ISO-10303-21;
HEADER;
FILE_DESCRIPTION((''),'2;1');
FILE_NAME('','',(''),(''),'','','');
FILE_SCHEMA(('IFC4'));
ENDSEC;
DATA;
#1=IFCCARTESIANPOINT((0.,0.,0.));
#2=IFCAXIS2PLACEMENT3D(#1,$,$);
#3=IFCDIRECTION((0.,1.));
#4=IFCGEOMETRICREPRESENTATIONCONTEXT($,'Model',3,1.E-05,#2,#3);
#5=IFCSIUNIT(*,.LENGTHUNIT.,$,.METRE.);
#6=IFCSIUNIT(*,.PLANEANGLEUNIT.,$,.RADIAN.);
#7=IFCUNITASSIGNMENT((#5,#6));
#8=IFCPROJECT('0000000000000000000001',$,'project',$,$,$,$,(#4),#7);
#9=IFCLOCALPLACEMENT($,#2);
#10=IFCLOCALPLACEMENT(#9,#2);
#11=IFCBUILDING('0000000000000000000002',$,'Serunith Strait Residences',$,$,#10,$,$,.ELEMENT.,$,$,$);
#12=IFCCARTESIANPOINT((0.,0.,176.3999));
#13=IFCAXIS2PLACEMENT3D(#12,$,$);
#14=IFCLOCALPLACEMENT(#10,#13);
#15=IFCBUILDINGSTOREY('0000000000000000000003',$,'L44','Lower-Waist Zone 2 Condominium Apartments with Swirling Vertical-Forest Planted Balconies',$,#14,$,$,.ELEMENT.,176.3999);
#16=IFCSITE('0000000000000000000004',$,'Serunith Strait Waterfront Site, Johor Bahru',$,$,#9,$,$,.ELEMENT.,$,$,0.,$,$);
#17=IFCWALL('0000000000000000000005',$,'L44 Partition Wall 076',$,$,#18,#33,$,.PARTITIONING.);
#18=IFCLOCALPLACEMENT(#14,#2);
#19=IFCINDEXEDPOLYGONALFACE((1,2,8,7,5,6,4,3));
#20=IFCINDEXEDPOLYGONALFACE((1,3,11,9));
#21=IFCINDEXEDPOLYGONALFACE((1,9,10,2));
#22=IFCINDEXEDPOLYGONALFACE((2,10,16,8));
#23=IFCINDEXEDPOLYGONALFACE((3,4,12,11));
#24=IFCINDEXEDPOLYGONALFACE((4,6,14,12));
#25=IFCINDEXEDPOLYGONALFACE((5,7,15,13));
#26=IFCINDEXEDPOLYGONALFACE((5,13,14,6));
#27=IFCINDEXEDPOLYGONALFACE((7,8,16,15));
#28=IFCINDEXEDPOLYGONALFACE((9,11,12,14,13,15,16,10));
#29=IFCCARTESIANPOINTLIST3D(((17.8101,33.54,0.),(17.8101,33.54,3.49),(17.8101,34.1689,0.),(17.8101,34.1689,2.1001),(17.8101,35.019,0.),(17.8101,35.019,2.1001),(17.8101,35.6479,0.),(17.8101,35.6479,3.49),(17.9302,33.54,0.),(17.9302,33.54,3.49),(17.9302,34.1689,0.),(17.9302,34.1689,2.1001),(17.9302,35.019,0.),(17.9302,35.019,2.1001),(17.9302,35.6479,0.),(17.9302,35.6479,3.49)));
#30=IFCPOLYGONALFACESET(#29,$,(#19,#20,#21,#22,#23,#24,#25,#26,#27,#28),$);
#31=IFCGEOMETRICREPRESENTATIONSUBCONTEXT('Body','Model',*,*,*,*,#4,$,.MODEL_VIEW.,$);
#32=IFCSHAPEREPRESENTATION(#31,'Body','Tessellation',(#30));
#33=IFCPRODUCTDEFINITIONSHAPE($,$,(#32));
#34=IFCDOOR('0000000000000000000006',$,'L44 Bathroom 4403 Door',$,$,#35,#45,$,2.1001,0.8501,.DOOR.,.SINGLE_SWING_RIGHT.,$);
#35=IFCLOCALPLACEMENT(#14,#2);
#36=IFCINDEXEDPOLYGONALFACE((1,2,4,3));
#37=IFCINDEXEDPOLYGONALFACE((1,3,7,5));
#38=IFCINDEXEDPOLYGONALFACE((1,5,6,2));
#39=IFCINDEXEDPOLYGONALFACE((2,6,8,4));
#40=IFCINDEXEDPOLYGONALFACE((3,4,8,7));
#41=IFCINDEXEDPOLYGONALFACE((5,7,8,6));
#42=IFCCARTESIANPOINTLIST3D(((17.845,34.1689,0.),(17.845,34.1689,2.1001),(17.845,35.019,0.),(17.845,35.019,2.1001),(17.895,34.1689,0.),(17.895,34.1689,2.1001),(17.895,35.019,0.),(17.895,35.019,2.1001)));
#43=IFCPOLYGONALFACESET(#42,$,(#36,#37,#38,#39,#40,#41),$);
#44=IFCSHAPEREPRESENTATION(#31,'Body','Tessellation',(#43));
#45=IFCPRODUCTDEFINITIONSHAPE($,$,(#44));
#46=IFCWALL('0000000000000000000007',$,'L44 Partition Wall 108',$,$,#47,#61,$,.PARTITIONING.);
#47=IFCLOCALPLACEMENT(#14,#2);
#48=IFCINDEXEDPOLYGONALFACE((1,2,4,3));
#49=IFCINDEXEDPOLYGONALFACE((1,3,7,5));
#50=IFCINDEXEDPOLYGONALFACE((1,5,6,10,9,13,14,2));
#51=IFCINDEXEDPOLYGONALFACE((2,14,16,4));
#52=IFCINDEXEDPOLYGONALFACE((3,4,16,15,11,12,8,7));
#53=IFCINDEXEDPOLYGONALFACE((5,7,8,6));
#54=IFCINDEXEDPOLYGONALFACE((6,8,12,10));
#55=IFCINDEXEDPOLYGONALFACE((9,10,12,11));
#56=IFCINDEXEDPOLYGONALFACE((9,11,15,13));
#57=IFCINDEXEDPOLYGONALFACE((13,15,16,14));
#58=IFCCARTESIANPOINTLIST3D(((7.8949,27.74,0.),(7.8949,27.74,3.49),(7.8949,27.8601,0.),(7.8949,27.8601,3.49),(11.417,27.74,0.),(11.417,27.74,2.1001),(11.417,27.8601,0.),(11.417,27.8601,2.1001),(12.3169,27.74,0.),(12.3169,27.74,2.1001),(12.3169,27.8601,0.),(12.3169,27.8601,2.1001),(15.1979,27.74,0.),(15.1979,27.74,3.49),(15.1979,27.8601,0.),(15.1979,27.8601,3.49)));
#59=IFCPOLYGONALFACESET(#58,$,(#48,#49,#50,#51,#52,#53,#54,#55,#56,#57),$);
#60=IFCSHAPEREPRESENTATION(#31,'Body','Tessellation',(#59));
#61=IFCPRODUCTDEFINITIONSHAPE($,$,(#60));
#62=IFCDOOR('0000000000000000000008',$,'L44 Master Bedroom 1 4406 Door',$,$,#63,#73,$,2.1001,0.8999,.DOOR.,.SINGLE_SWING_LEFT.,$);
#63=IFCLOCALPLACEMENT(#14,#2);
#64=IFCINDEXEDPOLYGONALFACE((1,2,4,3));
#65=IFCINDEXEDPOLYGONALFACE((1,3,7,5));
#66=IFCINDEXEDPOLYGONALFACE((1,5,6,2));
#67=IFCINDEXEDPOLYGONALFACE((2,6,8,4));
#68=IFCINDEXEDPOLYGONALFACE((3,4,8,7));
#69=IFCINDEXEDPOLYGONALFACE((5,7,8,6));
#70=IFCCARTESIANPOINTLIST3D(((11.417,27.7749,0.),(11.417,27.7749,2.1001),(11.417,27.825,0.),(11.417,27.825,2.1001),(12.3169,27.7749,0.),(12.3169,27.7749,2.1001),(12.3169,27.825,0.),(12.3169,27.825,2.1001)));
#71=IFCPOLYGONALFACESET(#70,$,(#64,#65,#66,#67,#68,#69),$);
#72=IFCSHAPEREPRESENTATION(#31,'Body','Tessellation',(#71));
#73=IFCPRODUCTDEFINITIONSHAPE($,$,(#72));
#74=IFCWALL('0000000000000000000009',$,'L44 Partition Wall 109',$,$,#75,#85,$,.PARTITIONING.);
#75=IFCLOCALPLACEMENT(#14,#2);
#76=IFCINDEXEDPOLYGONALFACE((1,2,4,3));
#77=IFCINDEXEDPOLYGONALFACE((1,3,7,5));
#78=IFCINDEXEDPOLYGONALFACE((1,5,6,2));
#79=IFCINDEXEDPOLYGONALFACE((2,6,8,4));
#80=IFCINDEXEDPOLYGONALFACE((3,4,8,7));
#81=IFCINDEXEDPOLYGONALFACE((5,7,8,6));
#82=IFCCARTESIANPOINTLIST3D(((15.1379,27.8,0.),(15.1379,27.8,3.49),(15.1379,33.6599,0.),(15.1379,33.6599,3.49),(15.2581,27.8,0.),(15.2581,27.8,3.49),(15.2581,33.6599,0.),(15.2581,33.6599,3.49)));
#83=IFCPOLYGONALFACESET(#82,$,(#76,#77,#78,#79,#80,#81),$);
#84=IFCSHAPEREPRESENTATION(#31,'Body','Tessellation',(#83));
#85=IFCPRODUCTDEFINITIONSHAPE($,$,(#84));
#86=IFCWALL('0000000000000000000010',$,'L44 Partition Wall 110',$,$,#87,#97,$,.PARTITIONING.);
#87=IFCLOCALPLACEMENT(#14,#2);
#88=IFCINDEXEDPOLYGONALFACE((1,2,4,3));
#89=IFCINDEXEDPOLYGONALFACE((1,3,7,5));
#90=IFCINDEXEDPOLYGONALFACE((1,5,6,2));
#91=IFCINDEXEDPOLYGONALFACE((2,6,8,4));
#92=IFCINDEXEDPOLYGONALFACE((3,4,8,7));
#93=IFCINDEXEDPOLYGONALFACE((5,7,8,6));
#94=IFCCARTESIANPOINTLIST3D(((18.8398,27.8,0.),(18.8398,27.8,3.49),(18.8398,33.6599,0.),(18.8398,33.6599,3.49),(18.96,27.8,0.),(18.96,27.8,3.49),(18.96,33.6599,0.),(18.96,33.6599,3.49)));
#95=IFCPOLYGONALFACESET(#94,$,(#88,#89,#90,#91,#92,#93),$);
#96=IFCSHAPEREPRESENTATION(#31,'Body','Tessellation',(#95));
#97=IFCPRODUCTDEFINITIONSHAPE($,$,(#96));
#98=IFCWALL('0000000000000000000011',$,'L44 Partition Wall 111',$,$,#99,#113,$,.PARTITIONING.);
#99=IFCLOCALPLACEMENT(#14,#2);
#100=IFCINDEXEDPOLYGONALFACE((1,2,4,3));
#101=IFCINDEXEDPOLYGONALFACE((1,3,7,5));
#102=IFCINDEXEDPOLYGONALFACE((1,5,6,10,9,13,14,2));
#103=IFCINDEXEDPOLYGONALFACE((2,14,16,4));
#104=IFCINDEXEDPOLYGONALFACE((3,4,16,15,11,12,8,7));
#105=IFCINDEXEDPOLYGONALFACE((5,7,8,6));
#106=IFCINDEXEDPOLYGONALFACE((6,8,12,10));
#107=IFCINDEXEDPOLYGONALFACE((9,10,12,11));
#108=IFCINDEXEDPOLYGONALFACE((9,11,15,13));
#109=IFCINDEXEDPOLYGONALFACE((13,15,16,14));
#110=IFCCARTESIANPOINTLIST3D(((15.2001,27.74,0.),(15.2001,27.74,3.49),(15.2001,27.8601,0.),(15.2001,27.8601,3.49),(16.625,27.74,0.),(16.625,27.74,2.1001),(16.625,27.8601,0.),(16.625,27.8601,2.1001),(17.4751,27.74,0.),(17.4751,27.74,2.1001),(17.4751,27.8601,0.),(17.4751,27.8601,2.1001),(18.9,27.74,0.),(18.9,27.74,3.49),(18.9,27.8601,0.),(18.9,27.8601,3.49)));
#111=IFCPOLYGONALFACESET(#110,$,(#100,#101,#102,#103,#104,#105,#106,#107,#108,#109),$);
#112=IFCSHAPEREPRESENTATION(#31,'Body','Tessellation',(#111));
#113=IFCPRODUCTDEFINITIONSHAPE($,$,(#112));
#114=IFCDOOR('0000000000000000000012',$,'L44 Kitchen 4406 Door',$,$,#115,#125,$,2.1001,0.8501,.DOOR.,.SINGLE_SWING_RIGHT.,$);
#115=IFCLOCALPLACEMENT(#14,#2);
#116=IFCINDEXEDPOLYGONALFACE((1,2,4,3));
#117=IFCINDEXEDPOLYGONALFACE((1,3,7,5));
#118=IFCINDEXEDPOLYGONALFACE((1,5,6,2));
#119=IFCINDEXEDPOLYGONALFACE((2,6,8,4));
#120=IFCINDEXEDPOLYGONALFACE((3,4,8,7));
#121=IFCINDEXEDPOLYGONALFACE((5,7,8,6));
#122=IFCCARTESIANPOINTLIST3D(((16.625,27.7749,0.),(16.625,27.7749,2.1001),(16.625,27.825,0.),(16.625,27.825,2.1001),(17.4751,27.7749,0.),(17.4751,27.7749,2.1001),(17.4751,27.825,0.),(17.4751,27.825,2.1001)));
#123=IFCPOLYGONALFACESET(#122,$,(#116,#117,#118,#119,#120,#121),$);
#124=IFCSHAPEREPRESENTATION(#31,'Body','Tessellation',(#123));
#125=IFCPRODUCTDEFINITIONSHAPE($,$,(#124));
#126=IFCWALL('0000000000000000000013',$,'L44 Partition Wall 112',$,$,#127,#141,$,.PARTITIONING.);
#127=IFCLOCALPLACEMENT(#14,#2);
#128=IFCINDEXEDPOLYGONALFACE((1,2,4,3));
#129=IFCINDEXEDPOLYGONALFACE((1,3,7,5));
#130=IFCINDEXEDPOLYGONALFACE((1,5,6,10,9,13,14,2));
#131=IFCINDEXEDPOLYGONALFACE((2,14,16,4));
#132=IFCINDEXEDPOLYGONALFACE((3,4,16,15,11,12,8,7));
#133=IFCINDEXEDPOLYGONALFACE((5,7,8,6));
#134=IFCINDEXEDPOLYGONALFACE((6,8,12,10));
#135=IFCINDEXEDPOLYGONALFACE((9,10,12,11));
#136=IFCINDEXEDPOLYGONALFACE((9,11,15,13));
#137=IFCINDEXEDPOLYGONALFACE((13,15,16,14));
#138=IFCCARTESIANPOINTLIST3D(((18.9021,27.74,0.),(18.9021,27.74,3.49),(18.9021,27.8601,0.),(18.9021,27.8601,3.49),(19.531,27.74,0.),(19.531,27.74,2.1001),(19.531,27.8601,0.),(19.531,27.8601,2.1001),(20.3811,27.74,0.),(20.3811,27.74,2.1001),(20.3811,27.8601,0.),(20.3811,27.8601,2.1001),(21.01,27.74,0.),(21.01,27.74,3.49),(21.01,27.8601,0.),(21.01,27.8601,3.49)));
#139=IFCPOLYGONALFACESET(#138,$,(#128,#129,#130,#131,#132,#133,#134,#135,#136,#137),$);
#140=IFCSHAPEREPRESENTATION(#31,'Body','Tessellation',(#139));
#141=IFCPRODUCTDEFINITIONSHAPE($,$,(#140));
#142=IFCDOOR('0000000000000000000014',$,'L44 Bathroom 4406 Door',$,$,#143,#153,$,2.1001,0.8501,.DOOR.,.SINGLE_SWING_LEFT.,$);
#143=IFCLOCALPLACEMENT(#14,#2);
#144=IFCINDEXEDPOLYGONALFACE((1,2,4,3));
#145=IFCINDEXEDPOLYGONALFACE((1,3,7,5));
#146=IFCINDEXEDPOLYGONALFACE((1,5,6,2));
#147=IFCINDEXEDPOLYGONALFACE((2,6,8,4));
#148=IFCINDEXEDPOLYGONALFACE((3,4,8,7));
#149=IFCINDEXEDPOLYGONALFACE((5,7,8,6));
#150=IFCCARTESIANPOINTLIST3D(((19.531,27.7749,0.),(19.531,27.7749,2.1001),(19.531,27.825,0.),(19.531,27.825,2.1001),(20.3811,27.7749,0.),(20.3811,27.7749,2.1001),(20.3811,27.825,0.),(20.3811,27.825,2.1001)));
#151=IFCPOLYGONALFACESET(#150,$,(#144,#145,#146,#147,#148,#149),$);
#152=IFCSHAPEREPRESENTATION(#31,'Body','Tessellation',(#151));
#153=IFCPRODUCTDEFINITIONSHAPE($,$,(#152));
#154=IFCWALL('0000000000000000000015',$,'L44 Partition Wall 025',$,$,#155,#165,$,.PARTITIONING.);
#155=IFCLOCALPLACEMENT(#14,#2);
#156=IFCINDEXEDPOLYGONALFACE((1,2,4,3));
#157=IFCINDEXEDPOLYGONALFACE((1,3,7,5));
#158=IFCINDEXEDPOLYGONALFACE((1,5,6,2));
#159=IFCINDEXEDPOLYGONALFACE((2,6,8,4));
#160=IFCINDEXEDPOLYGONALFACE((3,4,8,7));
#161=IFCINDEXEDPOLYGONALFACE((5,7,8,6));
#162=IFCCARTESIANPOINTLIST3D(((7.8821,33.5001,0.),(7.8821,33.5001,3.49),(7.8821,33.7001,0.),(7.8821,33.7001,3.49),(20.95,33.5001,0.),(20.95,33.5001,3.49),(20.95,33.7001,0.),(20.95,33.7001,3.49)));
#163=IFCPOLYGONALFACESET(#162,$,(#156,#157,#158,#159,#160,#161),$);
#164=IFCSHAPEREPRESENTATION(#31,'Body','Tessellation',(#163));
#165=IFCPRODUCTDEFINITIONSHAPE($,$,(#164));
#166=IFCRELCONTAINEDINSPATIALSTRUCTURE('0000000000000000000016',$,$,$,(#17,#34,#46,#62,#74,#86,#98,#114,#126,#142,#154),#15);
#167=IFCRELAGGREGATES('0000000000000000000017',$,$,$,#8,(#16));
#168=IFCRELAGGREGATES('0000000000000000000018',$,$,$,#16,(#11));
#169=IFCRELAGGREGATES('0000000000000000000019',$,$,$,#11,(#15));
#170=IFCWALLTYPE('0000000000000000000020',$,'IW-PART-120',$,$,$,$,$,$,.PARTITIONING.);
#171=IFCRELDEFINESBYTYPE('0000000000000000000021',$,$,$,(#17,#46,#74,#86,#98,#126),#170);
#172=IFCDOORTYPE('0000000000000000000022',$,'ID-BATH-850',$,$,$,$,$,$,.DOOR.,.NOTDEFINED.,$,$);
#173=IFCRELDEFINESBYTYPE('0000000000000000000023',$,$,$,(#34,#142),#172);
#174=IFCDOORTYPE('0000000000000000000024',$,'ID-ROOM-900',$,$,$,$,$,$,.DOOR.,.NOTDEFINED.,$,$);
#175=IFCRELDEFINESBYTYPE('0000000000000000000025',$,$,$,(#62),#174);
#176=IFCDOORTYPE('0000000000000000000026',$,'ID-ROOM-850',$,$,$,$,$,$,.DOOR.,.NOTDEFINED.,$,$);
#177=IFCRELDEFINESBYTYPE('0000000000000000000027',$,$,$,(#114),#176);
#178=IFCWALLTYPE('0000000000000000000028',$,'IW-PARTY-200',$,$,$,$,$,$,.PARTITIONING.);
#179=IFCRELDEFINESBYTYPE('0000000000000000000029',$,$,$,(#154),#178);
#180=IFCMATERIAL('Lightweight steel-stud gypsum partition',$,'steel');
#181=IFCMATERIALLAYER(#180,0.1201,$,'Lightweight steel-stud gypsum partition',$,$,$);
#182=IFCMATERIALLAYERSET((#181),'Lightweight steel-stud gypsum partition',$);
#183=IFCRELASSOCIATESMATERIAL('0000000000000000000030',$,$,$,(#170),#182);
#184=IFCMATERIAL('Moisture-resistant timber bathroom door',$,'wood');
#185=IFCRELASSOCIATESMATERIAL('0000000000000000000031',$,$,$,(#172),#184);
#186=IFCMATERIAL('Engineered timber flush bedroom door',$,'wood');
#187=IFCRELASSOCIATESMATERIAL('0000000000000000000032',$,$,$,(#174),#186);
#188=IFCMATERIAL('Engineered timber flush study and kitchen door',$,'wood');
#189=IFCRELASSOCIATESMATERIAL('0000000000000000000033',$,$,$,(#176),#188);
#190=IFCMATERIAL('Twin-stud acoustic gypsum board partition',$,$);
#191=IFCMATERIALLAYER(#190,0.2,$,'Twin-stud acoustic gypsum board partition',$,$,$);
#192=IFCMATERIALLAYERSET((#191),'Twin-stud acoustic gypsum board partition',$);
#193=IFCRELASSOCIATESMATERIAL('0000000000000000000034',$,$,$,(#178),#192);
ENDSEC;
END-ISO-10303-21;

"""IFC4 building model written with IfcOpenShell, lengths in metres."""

from ifc_helpers import new_model, si_unit, direction, frame, frame_2d, origin, place, context, subcontext, project, spatial, rectangle, extrude, source, transform, mapped, material, layer, layer_set, type_object, element, fill, save


model = new_model("IFC4")

# Units and contexts
model_context = context("Model", 3, precision=1e-05, world=origin(), true_north=direction((0.0, 1.0)))
body_context = subcontext(model_context, "Body", "Model", "MODEL_VIEW")
ifc_project = project(units=[si_unit("LENGTHUNIT", "METRE"), si_unit("PLANEANGLEUNIT", "RADIAN")], contexts=[model_context])

# Site, building, storey
site_placement = place(None, origin())
site = spatial("IfcSite", under=ifc_project, at=site_placement, Name="Serunith Strait Waterfront Site, Johor Bahru", CompositionType="ELEMENT", RefElevation=0.0)
building_placement = place(site_placement, origin())
building = spatial("IfcBuilding", under=site, at=building_placement, Name="Serunith Strait Residences", CompositionType="ELEMENT")
storey_placement = place(building_placement, frame((0.0, 0.0, 176.3999)))
storey = spatial("IfcBuildingStorey", under=building, at=storey_placement, Name="L44", Description="Lower-Waist Zone 2 Condominium Apartments with Swirling Vertical-Forest Planted Balconies", CompositionType="ELEMENT", Elevation=176.3999)

# Walls, openings, doors
ifc_material_1 = material(Name="Lightweight steel-stud gypsum partition", Category="steel")
ifc_layer_1 = layer(ifc_material_1, 0.1201, Name="Lightweight steel-stud gypsum partition")
ifc_layer_set_1 = layer_set([ifc_layer_1], Name="Lightweight steel-stud gypsum partition")
wall_type_1 = type_object("IfcWallType", Name="IW-PART-120", PredefinedType="PARTITIONING", material=ifc_layer_set_1)
wall_1_placement = place(storey_placement, frame((17.8701, 35.6479, 0.0), z_axis=(0.0, 0.0, 1.0), x_axis=(0.0, -1.0, 0.0)))
wall_1 = element("IfcWall", 1, at=wall_1_placement, inside=storey, type_object=wall_type_1, Name="L44 Partition Wall 076", PredefinedType="PARTITIONING", context=body_context, shape_type="SweptSolid", body=[
    extrude(rectangle(XDim=2.1079, YDim=0.1201, at=frame_2d((1.054, 0.0))), origin(), (0.0, 0.0, 1.0), 3.49),
])
opening_1_placement = place(wall_1_placement, frame((0.6289, 0.0, 0.0)))
opening_1 = element("IfcOpeningElement", 2, at=opening_1_placement, cuts=wall_1, PredefinedType="OPENING", context=body_context, shape_type="SweptSolid", body=[
    extrude(rectangle(XDim=0.8501, YDim=2.1001, at=frame_2d((0.425, 1.05))), frame((0.0, 0.0701, 0.0), z_axis=(0.0, -1.0, 0.0), x_axis=(1.0, 0.0, 0.0)), (0.0, 0.0, 1.0), 0.1401),
])
ifc_material_2 = material(Name="Moisture-resistant timber bathroom door", Category="wood")
door_type_1 = type_object("IfcDoorType", Name="ID-BATH-850", OperationType="NOTDEFINED", PredefinedType="DOOR", material=ifc_material_2)
shared_shape_1 = source(origin(), body_context, "Body", "SweptSolid", [
    extrude(rectangle(XDim=0.8501, YDim=2.1001, at=frame_2d((0.425, 1.05))), frame((0.0, 0.0249, 0.0), z_axis=(0.0, -1.0, 0.0), x_axis=(1.0, 0.0, 0.0)), (0.0, 0.0, 1.0), 0.05),
])
door_1_placement = place(opening_1_placement, origin())
door_1 = element("IfcDoor", 3, at=door_1_placement, inside=storey, type_object=door_type_1, Name="L44 Bathroom 4403 Door", OperationType="SINGLE_SWING_RIGHT", OverallHeight=2.1001, OverallWidth=0.8501, PredefinedType="DOOR", context=body_context, shape_type="MappedRepresentation", body=[
    mapped(shared_shape_1, transform((0.0, 0.0, 0.0), scale=1.0)),
])
fill(opening_1, door_1)
wall_2_placement = place(storey_placement, frame((7.895, 27.8, 0.0), z_axis=(0.0, 0.0, 1.0), x_axis=(1.0, 0.0, 0.0)))
wall_2 = element("IfcWall", 4, at=wall_2_placement, inside=storey, type_object=wall_type_1, Name="L44 Partition Wall 108", PredefinedType="PARTITIONING", context=body_context, shape_type="SweptSolid", body=[
    extrude(rectangle(XDim=7.303, YDim=0.1201, at=frame_2d((3.6514, 0.0))), origin(), (0.0, 0.0, 1.0), 3.49),
])
opening_2_placement = place(wall_2_placement, frame((3.522, 0.0, 0.0)))
opening_2 = element("IfcOpeningElement", 5, at=opening_2_placement, cuts=wall_2, PredefinedType="OPENING", context=body_context, shape_type="SweptSolid", body=[
    extrude(rectangle(XDim=0.8999, YDim=2.1001, at=frame_2d((0.45, 1.05))), frame((0.0, 0.0701, 0.0), z_axis=(0.0, -1.0, 0.0), x_axis=(1.0, 0.0, 0.0)), (0.0, 0.0, 1.0), 0.1401),
])
ifc_material_3 = material(Name="Engineered timber flush bedroom door", Category="wood")
door_type_2 = type_object("IfcDoorType", Name="ID-ROOM-900", OperationType="NOTDEFINED", PredefinedType="DOOR", material=ifc_material_3)
shared_shape_2 = source(origin(), body_context, "Body", "SweptSolid", [
    extrude(rectangle(XDim=0.8999, YDim=2.1001, at=frame_2d((0.45, 1.05))), frame((0.0, 0.0249, 0.0), z_axis=(0.0, -1.0, 0.0), x_axis=(1.0, 0.0, 0.0)), (0.0, 0.0, 1.0), 0.05),
])
door_2_placement = place(opening_2_placement, origin())
door_2 = element("IfcDoor", 6, at=door_2_placement, inside=storey, type_object=door_type_2, Name="L44 Master Bedroom 1 4406 Door", OperationType="SINGLE_SWING_LEFT", OverallHeight=2.1001, OverallWidth=0.8999, PredefinedType="DOOR", context=body_context, shape_type="MappedRepresentation", body=[
    mapped(shared_shape_2, transform((0.0, 0.0, 0.0), scale=1.0)),
])
fill(opening_2, door_2)

# Walls
for number, where, z_axis, x_axis, name in (
    (7, (15.198, 27.8, 0.0), (0.0, 0.0, 1.0), (0.0, 1.0, 0.0), "L44 Partition Wall 109"),
    (8, (18.8999, 27.8, 0.0), (0.0, 0.0, 1.0), (0.0, 1.0, 0.0), "L44 Partition Wall 110"),
):
    element("IfcWall", number, at=place(storey_placement, frame(where, z_axis=z_axis, x_axis=x_axis)), inside=storey, type_object=wall_type_1, Name=name, PredefinedType="PARTITIONING", context=body_context, shape_type="SweptSolid", body=[
        extrude(rectangle(XDim=5.8599, YDim=0.1201, at=frame_2d((2.9299, 0.0))), origin(), (0.0, 0.0, 1.0), 3.49),
    ])

# Walls, openings, doors
wall_3_placement = place(storey_placement, frame((15.2, 27.8, 0.0), z_axis=(0.0, 0.0, 1.0), x_axis=(1.0, 0.0, 0.0)))
wall_3 = element("IfcWall", 9, at=wall_3_placement, inside=storey, type_object=wall_type_1, Name="L44 Partition Wall 111", PredefinedType="PARTITIONING", context=body_context, shape_type="SweptSolid", body=[
    extrude(rectangle(XDim=3.7, YDim=0.1201, at=frame_2d((1.8501, 0.0))), origin(), (0.0, 0.0, 1.0), 3.49),
])
opening_3_placement = place(wall_3_placement, frame((1.425, 0.0, 0.0)))
opening_3 = element("IfcOpeningElement", 10, at=opening_3_placement, cuts=wall_3, PredefinedType="OPENING", context=body_context, shape_type="SweptSolid", body=[
    extrude(rectangle(XDim=0.8501, YDim=2.1001, at=frame_2d((0.425, 1.05))), frame((0.0, 0.0701, 0.0), z_axis=(0.0, -1.0, 0.0), x_axis=(1.0, 0.0, 0.0)), (0.0, 0.0, 1.0), 0.1401),
])
ifc_material_4 = material(Name="Engineered timber flush study and kitchen door", Category="wood")
door_type_3 = type_object("IfcDoorType", Name="ID-ROOM-850", OperationType="NOTDEFINED", PredefinedType="DOOR", material=ifc_material_4)
door_3_placement = place(opening_3_placement, origin())
door_3 = element("IfcDoor", 11, at=door_3_placement, inside=storey, type_object=door_type_3, Name="L44 Kitchen 4406 Door", OperationType="SINGLE_SWING_RIGHT", OverallHeight=2.1001, OverallWidth=0.8501, PredefinedType="DOOR", context=body_context, shape_type="MappedRepresentation", body=[
    mapped(shared_shape_1, transform((0.0, 0.0, 0.0), scale=1.0)),
])
fill(opening_3, door_3)
wall_4_placement = place(storey_placement, frame((18.9021, 27.8, 0.0), z_axis=(0.0, 0.0, 1.0), x_axis=(1.0, 0.0, 0.0)))
wall_4 = element("IfcWall", 12, at=wall_4_placement, inside=storey, type_object=wall_type_1, Name="L44 Partition Wall 112", PredefinedType="PARTITIONING", context=body_context, shape_type="SweptSolid", body=[
    extrude(rectangle(XDim=2.1079, YDim=0.1201, at=frame_2d((1.054, 0.0))), origin(), (0.0, 0.0, 1.0), 3.49),
])
opening_4_placement = place(wall_4_placement, frame((0.6289, 0.0, 0.0)))
opening_4 = element("IfcOpeningElement", 13, at=opening_4_placement, cuts=wall_4, PredefinedType="OPENING", context=body_context, shape_type="SweptSolid", body=[
    extrude(rectangle(XDim=0.8501, YDim=2.1001, at=frame_2d((0.425, 1.05))), frame((0.0, 0.0701, 0.0), z_axis=(0.0, -1.0, 0.0), x_axis=(1.0, 0.0, 0.0)), (0.0, 0.0, 1.0), 0.1401),
])
door_4_placement = place(opening_4_placement, origin())
door_4 = element("IfcDoor", 14, at=door_4_placement, inside=storey, type_object=door_type_1, Name="L44 Bathroom 4406 Door", OperationType="SINGLE_SWING_LEFT", OverallHeight=2.1001, OverallWidth=0.8501, PredefinedType="DOOR", context=body_context, shape_type="MappedRepresentation", body=[
    mapped(shared_shape_1, transform((0.0, 0.0, 0.0), scale=1.0)),
])
fill(opening_4, door_4)

# Wall
ifc_material_5 = material(Name="Twin-stud acoustic gypsum board partition")
ifc_layer_2 = layer(ifc_material_5, 0.2, Name="Twin-stud acoustic gypsum board partition")
ifc_layer_set_2 = layer_set([ifc_layer_2], Name="Twin-stud acoustic gypsum board partition")
wall_type_2 = type_object("IfcWallType", Name="IW-PARTY-200", PredefinedType="PARTITIONING", material=ifc_layer_set_2)
wall_5_placement = place(storey_placement, frame((7.8821, 33.6001, 0.0), z_axis=(0.0, 0.0, 1.0), x_axis=(1.0, 0.0, 0.0)))
element("IfcWall", 15, at=wall_5_placement, inside=storey, type_object=wall_type_2, Name="L44 Partition Wall 025", PredefinedType="PARTITIONING", context=body_context, shape_type="SweptSolid", body=[
    extrude(rectangle(XDim=13.0679, YDim=0.2, at=frame_2d((6.5339, 0.0))), origin(), (0.0, 0.0, 1.0), 3.49),
])

save(model, "model.ifc")
